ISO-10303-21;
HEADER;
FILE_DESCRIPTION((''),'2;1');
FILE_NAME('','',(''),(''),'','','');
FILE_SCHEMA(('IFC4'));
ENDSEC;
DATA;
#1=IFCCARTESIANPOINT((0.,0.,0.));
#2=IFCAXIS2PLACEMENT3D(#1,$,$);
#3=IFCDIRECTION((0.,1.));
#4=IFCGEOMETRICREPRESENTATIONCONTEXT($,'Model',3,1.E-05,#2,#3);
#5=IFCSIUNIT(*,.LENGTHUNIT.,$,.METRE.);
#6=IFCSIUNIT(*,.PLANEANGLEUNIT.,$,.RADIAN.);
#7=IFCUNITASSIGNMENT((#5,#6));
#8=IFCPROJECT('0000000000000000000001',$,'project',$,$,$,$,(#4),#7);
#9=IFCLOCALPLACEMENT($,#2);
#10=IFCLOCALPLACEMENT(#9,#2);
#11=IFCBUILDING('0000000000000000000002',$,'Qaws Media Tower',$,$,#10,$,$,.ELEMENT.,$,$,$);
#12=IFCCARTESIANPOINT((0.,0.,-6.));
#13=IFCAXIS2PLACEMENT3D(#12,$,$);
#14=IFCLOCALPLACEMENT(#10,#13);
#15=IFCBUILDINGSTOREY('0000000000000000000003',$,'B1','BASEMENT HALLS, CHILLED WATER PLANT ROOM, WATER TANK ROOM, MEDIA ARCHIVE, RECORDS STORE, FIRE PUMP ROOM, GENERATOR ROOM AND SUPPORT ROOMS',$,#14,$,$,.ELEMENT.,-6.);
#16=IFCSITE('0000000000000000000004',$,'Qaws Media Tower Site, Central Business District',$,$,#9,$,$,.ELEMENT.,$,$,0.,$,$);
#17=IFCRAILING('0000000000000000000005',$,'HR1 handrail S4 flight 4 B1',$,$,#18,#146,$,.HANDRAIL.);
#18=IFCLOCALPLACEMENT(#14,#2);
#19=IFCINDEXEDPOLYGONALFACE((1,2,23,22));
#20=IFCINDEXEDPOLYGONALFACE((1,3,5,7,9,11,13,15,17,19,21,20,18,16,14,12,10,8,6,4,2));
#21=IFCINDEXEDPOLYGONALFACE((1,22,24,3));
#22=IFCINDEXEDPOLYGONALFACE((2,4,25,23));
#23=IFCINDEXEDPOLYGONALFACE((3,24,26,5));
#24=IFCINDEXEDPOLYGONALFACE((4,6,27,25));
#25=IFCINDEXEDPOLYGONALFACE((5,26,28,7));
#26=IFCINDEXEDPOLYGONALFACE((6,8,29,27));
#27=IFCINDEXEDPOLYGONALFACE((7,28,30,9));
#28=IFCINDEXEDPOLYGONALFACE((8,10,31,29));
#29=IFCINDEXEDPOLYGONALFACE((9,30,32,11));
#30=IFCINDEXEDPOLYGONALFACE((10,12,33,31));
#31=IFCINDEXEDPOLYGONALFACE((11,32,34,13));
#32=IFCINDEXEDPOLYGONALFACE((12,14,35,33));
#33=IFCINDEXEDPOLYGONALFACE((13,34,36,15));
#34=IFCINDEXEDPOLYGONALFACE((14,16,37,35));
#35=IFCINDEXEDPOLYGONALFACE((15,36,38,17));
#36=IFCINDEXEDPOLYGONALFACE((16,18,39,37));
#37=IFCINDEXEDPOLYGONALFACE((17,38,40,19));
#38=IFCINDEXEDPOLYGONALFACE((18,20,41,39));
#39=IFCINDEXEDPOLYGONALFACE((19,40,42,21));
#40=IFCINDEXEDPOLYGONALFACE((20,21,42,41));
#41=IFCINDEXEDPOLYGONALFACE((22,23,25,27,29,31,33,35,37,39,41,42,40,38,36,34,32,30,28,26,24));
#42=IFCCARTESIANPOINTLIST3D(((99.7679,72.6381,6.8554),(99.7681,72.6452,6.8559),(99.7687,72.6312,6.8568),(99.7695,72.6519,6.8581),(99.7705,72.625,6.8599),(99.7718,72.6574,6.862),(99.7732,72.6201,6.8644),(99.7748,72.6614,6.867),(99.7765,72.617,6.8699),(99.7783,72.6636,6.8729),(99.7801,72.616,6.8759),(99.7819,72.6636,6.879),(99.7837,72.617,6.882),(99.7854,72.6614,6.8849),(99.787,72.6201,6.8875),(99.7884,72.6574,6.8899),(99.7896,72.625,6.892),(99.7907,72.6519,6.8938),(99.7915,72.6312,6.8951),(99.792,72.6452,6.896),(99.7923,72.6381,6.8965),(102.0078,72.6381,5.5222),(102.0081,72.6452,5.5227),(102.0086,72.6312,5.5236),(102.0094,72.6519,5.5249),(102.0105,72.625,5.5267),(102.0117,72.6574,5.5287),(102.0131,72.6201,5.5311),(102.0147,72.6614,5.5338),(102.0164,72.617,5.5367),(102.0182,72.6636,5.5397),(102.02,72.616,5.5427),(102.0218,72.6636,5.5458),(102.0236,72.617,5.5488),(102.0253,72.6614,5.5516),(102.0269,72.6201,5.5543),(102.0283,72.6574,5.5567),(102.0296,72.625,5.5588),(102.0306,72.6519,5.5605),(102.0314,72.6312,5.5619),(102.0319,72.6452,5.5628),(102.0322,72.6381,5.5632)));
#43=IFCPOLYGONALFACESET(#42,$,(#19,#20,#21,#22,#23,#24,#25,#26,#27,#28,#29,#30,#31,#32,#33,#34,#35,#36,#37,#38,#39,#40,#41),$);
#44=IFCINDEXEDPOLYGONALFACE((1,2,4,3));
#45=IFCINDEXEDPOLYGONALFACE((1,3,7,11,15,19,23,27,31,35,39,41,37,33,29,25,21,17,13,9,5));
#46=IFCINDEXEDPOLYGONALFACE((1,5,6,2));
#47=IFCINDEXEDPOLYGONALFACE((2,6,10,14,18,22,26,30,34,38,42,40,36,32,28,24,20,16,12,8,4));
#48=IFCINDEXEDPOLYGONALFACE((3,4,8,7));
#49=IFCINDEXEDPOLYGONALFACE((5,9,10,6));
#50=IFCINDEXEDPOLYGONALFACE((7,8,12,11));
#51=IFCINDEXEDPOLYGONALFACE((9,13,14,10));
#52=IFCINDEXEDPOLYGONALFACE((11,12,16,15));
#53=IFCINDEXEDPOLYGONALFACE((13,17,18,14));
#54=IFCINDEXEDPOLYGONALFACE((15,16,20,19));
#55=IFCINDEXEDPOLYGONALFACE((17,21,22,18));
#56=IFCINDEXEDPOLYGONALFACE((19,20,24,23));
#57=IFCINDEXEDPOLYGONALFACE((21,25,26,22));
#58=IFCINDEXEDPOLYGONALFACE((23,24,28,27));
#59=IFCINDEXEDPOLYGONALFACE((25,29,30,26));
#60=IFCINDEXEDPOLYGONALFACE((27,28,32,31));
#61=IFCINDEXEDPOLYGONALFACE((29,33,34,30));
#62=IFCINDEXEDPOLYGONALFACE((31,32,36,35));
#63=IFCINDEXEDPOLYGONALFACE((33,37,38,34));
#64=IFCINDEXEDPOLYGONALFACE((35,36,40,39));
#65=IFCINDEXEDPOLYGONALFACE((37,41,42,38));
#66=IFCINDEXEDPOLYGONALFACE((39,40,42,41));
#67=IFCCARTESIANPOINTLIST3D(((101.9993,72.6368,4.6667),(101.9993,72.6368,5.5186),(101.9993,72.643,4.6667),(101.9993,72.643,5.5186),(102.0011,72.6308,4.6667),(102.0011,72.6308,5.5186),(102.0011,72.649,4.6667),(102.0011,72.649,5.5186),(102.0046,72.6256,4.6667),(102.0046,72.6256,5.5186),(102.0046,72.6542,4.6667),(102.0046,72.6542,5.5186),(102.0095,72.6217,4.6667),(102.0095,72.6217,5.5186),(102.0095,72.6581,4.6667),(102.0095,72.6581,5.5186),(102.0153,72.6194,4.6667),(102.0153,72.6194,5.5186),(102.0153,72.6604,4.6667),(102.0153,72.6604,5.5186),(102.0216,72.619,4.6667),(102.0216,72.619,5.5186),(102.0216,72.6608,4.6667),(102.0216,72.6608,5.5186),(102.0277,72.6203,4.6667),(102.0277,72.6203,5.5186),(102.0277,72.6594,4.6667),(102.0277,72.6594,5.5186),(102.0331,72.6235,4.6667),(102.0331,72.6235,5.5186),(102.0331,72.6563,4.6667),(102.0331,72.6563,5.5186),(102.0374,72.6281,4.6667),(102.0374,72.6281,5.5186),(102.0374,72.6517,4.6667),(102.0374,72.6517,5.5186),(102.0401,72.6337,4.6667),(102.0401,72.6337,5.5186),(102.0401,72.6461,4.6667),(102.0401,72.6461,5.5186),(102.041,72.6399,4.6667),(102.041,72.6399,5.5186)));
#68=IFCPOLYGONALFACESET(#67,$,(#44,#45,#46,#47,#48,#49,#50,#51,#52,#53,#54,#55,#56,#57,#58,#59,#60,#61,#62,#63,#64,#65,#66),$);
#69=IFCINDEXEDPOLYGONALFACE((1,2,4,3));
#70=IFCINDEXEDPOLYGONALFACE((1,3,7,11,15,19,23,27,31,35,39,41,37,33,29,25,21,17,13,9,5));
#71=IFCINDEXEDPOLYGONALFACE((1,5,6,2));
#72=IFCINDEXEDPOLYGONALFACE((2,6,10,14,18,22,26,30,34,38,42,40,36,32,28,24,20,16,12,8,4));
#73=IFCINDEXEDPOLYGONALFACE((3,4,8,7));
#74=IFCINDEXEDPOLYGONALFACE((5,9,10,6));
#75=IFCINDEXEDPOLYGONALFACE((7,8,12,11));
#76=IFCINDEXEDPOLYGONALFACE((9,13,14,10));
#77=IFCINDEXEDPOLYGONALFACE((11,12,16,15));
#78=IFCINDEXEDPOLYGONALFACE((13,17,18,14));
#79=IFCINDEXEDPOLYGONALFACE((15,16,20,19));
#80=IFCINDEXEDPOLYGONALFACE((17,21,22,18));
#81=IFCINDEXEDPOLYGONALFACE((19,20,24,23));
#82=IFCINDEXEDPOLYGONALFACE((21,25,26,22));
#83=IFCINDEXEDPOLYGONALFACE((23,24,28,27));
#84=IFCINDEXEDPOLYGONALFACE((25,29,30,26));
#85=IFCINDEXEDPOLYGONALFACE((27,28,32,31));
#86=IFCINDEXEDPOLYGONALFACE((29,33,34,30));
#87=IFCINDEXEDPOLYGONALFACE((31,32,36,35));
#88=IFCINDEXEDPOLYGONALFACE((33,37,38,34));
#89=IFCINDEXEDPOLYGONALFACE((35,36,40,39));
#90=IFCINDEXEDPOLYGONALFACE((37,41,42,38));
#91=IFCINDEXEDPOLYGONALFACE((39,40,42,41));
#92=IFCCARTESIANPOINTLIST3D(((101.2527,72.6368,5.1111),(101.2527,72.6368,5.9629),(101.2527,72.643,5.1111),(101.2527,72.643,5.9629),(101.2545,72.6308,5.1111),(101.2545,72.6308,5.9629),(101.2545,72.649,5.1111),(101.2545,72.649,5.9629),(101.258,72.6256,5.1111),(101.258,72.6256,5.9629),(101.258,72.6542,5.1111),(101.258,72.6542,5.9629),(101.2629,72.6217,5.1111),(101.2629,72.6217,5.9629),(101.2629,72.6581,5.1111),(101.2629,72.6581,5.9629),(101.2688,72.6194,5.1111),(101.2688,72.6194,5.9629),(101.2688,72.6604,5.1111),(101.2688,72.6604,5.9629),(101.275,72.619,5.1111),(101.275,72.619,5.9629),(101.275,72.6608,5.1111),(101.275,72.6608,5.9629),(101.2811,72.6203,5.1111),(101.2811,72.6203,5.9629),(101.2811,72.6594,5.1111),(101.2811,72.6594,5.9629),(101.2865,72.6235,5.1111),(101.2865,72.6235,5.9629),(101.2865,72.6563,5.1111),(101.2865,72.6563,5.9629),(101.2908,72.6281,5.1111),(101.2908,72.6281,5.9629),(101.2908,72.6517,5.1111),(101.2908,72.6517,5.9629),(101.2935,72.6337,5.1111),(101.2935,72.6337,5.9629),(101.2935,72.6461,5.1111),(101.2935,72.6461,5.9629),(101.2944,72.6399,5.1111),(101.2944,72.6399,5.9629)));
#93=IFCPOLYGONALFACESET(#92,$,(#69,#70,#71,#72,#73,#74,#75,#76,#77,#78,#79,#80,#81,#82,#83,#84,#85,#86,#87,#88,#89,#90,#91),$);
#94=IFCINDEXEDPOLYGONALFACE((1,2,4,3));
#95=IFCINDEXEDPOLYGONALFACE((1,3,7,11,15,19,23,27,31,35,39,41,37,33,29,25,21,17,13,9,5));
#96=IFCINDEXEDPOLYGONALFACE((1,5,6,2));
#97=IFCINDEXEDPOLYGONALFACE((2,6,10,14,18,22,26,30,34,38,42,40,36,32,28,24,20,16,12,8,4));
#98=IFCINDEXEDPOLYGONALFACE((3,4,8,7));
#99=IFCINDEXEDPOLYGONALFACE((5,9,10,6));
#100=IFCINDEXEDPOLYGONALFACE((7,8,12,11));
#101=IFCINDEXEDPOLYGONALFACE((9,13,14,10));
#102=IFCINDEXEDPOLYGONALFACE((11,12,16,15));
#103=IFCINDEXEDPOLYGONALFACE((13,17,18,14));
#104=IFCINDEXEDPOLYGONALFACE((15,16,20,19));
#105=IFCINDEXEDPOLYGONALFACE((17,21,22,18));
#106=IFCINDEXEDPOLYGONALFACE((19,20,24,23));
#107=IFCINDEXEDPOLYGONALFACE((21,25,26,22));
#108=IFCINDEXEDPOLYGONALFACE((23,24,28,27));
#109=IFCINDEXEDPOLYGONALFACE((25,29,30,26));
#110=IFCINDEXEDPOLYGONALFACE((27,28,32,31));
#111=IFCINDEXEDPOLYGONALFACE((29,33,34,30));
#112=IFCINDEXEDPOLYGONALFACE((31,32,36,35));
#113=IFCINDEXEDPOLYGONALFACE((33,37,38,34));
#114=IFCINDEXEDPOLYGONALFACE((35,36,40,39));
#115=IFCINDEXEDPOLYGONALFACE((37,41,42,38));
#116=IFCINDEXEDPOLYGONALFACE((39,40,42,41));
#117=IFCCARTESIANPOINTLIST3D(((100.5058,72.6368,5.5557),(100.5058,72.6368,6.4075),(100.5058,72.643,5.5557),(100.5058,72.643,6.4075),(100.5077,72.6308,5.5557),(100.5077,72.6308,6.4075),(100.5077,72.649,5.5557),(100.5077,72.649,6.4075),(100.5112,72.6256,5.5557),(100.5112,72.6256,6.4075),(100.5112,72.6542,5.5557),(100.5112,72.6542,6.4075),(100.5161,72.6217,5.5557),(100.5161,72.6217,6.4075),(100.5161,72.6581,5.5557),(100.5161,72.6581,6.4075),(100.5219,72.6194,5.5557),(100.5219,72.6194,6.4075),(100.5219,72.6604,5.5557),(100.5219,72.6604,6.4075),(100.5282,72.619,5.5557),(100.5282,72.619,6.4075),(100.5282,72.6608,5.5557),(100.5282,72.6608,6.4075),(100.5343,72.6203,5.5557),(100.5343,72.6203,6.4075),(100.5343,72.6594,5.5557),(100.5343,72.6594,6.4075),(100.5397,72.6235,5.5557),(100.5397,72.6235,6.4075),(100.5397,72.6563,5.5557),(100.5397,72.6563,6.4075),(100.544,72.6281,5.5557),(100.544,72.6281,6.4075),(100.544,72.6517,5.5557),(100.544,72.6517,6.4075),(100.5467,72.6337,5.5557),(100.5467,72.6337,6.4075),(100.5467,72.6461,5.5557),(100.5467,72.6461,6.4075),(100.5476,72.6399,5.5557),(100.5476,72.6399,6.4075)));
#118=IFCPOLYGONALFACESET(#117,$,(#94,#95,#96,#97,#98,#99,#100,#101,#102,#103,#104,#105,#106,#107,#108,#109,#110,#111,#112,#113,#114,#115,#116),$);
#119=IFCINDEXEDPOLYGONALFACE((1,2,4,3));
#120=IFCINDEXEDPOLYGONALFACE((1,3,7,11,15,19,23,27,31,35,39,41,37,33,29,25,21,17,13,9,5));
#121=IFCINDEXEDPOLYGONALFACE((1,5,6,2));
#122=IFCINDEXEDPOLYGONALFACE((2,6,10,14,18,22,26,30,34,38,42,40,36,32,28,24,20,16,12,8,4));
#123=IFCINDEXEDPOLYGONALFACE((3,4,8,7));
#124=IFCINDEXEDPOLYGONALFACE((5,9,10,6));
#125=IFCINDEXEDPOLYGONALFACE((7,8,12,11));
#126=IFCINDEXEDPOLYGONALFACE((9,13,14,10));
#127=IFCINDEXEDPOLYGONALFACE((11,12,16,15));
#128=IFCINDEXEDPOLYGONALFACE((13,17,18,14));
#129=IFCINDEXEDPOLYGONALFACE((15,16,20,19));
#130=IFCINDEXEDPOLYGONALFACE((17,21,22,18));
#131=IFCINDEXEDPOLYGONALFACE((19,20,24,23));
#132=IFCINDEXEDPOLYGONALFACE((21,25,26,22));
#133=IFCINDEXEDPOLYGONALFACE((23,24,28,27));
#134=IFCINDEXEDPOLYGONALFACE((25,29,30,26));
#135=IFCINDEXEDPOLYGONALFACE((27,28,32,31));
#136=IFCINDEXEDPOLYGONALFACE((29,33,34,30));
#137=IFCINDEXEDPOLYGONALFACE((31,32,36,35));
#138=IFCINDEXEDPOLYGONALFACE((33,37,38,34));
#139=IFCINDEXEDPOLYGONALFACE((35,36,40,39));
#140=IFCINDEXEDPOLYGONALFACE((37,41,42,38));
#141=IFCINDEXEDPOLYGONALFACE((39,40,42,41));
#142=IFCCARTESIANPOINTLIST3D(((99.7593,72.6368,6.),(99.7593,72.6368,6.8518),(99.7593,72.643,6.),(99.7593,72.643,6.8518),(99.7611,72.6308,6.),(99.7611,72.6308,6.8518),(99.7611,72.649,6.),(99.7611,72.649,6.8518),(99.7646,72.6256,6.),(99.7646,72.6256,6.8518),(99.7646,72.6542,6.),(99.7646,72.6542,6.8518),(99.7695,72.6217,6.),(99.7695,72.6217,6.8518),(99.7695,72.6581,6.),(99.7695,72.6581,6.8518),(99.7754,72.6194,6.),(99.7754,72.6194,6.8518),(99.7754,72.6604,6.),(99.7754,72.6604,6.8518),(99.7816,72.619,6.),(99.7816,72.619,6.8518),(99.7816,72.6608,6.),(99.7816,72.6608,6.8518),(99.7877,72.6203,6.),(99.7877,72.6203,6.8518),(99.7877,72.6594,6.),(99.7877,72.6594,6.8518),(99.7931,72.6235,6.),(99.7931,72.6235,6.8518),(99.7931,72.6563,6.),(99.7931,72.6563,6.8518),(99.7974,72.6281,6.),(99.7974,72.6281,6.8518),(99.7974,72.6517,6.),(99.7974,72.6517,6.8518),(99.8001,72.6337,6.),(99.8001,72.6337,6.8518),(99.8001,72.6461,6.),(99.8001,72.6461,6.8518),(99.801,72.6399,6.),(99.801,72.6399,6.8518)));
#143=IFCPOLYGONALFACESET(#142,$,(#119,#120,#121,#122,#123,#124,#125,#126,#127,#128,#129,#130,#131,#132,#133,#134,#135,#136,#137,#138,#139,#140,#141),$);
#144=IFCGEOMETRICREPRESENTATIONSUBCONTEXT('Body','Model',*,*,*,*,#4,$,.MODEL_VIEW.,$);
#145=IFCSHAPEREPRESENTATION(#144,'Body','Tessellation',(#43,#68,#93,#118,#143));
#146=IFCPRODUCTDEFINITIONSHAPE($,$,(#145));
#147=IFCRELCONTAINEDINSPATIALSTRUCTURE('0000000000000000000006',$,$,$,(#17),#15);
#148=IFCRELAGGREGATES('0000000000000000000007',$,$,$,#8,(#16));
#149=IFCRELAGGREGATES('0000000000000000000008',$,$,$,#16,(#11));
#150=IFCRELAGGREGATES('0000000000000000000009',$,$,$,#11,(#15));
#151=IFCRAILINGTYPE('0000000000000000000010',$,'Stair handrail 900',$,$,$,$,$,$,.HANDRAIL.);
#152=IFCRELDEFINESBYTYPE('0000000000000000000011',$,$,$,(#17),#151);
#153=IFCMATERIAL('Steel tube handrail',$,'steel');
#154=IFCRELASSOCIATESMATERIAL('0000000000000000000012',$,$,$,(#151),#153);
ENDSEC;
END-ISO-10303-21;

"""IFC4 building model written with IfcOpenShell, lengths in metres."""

from ifc_helpers import new_model, si_unit, direction, frame, origin, origin_2d, place, context, subcontext, project, spatial, circle, extrude, material, type_object, element, save


model = new_model("IFC4")

# Units and contexts
model_context = context("Model", 3, precision=1e-05, world=origin(), true_north=direction((0.0, 1.0)))
body_context = subcontext(model_context, "Body", "Model", "MODEL_VIEW")
ifc_project = project(units=[si_unit("LENGTHUNIT", "METRE"), si_unit("PLANEANGLEUNIT", "RADIAN")], contexts=[model_context])

# Site, building, storey
site_placement = place(None, origin())
site = spatial("IfcSite", under=ifc_project, at=site_placement, Name="Qaws Media Tower Site, Central Business District", CompositionType="ELEMENT", RefElevation=0.0)
building_placement = place(site_placement, origin())
building = spatial("IfcBuilding", under=site, at=building_placement, Name="Qaws Media Tower", CompositionType="ELEMENT")
storey_placement = place(building_placement, frame((0.0, 0.0, -6.0)))
storey = spatial("IfcBuildingStorey", under=building, at=storey_placement, Name="B1", Description="BASEMENT HALLS, CHILLED WATER PLANT ROOM, WATER TANK ROOM, MEDIA ARCHIVE, RECORDS STORE, FIRE PUMP ROOM, GENERATOR ROOM AND SUPPORT ROOMS", CompositionType="ELEMENT", Elevation=-6.0)

# Railing
ifc_material_1 = material(Name="Steel tube handrail", Category="steel")
railing_type = type_object("IfcRailingType", Name="Stair handrail 900", PredefinedType="HANDRAIL", material=ifc_material_1)
for number, where, name in (
    (1, (102.02, 72.6399, 4.6667), "HR1 handrail S4 flight 4 B1"),
):
    element("IfcRailing", number, at=place(storey_placement, frame(where)), inside=storey, type_object=railing_type, Name=name, PredefinedType="HANDRAIL", context=body_context, shape_type="SweptSolid", body=[
        extrude(circle(Radius=0.0239, at=origin_2d()), frame((0.0, 0.0, 0.876), z_axis=(-0.859306, 0.0, 0.511462), x_axis=(0.0, -1.0, 0.0)), (0.0, 0.0, 1.0), 2.6067),
        extrude(circle(Radius=0.021, at=origin_2d()), origin(), (0.0, 0.0, 1.0), 0.8518),
        extrude(circle(Radius=0.021, at=origin_2d()), frame((-0.7466, 0.0, 0.4443)), (0.0, 0.0, 1.0), 0.8518),
        extrude(circle(Radius=0.021, at=origin_2d()), frame((-1.4934, 0.0, 0.8889)), (0.0, 0.0, 1.0), 0.8518),
        extrude(circle(Radius=0.021, at=origin_2d()), frame((-2.24, 0.0, 1.3333)), (0.0, 0.0, 1.0), 0.8518),
    ])

save(model, "model.ifc")
